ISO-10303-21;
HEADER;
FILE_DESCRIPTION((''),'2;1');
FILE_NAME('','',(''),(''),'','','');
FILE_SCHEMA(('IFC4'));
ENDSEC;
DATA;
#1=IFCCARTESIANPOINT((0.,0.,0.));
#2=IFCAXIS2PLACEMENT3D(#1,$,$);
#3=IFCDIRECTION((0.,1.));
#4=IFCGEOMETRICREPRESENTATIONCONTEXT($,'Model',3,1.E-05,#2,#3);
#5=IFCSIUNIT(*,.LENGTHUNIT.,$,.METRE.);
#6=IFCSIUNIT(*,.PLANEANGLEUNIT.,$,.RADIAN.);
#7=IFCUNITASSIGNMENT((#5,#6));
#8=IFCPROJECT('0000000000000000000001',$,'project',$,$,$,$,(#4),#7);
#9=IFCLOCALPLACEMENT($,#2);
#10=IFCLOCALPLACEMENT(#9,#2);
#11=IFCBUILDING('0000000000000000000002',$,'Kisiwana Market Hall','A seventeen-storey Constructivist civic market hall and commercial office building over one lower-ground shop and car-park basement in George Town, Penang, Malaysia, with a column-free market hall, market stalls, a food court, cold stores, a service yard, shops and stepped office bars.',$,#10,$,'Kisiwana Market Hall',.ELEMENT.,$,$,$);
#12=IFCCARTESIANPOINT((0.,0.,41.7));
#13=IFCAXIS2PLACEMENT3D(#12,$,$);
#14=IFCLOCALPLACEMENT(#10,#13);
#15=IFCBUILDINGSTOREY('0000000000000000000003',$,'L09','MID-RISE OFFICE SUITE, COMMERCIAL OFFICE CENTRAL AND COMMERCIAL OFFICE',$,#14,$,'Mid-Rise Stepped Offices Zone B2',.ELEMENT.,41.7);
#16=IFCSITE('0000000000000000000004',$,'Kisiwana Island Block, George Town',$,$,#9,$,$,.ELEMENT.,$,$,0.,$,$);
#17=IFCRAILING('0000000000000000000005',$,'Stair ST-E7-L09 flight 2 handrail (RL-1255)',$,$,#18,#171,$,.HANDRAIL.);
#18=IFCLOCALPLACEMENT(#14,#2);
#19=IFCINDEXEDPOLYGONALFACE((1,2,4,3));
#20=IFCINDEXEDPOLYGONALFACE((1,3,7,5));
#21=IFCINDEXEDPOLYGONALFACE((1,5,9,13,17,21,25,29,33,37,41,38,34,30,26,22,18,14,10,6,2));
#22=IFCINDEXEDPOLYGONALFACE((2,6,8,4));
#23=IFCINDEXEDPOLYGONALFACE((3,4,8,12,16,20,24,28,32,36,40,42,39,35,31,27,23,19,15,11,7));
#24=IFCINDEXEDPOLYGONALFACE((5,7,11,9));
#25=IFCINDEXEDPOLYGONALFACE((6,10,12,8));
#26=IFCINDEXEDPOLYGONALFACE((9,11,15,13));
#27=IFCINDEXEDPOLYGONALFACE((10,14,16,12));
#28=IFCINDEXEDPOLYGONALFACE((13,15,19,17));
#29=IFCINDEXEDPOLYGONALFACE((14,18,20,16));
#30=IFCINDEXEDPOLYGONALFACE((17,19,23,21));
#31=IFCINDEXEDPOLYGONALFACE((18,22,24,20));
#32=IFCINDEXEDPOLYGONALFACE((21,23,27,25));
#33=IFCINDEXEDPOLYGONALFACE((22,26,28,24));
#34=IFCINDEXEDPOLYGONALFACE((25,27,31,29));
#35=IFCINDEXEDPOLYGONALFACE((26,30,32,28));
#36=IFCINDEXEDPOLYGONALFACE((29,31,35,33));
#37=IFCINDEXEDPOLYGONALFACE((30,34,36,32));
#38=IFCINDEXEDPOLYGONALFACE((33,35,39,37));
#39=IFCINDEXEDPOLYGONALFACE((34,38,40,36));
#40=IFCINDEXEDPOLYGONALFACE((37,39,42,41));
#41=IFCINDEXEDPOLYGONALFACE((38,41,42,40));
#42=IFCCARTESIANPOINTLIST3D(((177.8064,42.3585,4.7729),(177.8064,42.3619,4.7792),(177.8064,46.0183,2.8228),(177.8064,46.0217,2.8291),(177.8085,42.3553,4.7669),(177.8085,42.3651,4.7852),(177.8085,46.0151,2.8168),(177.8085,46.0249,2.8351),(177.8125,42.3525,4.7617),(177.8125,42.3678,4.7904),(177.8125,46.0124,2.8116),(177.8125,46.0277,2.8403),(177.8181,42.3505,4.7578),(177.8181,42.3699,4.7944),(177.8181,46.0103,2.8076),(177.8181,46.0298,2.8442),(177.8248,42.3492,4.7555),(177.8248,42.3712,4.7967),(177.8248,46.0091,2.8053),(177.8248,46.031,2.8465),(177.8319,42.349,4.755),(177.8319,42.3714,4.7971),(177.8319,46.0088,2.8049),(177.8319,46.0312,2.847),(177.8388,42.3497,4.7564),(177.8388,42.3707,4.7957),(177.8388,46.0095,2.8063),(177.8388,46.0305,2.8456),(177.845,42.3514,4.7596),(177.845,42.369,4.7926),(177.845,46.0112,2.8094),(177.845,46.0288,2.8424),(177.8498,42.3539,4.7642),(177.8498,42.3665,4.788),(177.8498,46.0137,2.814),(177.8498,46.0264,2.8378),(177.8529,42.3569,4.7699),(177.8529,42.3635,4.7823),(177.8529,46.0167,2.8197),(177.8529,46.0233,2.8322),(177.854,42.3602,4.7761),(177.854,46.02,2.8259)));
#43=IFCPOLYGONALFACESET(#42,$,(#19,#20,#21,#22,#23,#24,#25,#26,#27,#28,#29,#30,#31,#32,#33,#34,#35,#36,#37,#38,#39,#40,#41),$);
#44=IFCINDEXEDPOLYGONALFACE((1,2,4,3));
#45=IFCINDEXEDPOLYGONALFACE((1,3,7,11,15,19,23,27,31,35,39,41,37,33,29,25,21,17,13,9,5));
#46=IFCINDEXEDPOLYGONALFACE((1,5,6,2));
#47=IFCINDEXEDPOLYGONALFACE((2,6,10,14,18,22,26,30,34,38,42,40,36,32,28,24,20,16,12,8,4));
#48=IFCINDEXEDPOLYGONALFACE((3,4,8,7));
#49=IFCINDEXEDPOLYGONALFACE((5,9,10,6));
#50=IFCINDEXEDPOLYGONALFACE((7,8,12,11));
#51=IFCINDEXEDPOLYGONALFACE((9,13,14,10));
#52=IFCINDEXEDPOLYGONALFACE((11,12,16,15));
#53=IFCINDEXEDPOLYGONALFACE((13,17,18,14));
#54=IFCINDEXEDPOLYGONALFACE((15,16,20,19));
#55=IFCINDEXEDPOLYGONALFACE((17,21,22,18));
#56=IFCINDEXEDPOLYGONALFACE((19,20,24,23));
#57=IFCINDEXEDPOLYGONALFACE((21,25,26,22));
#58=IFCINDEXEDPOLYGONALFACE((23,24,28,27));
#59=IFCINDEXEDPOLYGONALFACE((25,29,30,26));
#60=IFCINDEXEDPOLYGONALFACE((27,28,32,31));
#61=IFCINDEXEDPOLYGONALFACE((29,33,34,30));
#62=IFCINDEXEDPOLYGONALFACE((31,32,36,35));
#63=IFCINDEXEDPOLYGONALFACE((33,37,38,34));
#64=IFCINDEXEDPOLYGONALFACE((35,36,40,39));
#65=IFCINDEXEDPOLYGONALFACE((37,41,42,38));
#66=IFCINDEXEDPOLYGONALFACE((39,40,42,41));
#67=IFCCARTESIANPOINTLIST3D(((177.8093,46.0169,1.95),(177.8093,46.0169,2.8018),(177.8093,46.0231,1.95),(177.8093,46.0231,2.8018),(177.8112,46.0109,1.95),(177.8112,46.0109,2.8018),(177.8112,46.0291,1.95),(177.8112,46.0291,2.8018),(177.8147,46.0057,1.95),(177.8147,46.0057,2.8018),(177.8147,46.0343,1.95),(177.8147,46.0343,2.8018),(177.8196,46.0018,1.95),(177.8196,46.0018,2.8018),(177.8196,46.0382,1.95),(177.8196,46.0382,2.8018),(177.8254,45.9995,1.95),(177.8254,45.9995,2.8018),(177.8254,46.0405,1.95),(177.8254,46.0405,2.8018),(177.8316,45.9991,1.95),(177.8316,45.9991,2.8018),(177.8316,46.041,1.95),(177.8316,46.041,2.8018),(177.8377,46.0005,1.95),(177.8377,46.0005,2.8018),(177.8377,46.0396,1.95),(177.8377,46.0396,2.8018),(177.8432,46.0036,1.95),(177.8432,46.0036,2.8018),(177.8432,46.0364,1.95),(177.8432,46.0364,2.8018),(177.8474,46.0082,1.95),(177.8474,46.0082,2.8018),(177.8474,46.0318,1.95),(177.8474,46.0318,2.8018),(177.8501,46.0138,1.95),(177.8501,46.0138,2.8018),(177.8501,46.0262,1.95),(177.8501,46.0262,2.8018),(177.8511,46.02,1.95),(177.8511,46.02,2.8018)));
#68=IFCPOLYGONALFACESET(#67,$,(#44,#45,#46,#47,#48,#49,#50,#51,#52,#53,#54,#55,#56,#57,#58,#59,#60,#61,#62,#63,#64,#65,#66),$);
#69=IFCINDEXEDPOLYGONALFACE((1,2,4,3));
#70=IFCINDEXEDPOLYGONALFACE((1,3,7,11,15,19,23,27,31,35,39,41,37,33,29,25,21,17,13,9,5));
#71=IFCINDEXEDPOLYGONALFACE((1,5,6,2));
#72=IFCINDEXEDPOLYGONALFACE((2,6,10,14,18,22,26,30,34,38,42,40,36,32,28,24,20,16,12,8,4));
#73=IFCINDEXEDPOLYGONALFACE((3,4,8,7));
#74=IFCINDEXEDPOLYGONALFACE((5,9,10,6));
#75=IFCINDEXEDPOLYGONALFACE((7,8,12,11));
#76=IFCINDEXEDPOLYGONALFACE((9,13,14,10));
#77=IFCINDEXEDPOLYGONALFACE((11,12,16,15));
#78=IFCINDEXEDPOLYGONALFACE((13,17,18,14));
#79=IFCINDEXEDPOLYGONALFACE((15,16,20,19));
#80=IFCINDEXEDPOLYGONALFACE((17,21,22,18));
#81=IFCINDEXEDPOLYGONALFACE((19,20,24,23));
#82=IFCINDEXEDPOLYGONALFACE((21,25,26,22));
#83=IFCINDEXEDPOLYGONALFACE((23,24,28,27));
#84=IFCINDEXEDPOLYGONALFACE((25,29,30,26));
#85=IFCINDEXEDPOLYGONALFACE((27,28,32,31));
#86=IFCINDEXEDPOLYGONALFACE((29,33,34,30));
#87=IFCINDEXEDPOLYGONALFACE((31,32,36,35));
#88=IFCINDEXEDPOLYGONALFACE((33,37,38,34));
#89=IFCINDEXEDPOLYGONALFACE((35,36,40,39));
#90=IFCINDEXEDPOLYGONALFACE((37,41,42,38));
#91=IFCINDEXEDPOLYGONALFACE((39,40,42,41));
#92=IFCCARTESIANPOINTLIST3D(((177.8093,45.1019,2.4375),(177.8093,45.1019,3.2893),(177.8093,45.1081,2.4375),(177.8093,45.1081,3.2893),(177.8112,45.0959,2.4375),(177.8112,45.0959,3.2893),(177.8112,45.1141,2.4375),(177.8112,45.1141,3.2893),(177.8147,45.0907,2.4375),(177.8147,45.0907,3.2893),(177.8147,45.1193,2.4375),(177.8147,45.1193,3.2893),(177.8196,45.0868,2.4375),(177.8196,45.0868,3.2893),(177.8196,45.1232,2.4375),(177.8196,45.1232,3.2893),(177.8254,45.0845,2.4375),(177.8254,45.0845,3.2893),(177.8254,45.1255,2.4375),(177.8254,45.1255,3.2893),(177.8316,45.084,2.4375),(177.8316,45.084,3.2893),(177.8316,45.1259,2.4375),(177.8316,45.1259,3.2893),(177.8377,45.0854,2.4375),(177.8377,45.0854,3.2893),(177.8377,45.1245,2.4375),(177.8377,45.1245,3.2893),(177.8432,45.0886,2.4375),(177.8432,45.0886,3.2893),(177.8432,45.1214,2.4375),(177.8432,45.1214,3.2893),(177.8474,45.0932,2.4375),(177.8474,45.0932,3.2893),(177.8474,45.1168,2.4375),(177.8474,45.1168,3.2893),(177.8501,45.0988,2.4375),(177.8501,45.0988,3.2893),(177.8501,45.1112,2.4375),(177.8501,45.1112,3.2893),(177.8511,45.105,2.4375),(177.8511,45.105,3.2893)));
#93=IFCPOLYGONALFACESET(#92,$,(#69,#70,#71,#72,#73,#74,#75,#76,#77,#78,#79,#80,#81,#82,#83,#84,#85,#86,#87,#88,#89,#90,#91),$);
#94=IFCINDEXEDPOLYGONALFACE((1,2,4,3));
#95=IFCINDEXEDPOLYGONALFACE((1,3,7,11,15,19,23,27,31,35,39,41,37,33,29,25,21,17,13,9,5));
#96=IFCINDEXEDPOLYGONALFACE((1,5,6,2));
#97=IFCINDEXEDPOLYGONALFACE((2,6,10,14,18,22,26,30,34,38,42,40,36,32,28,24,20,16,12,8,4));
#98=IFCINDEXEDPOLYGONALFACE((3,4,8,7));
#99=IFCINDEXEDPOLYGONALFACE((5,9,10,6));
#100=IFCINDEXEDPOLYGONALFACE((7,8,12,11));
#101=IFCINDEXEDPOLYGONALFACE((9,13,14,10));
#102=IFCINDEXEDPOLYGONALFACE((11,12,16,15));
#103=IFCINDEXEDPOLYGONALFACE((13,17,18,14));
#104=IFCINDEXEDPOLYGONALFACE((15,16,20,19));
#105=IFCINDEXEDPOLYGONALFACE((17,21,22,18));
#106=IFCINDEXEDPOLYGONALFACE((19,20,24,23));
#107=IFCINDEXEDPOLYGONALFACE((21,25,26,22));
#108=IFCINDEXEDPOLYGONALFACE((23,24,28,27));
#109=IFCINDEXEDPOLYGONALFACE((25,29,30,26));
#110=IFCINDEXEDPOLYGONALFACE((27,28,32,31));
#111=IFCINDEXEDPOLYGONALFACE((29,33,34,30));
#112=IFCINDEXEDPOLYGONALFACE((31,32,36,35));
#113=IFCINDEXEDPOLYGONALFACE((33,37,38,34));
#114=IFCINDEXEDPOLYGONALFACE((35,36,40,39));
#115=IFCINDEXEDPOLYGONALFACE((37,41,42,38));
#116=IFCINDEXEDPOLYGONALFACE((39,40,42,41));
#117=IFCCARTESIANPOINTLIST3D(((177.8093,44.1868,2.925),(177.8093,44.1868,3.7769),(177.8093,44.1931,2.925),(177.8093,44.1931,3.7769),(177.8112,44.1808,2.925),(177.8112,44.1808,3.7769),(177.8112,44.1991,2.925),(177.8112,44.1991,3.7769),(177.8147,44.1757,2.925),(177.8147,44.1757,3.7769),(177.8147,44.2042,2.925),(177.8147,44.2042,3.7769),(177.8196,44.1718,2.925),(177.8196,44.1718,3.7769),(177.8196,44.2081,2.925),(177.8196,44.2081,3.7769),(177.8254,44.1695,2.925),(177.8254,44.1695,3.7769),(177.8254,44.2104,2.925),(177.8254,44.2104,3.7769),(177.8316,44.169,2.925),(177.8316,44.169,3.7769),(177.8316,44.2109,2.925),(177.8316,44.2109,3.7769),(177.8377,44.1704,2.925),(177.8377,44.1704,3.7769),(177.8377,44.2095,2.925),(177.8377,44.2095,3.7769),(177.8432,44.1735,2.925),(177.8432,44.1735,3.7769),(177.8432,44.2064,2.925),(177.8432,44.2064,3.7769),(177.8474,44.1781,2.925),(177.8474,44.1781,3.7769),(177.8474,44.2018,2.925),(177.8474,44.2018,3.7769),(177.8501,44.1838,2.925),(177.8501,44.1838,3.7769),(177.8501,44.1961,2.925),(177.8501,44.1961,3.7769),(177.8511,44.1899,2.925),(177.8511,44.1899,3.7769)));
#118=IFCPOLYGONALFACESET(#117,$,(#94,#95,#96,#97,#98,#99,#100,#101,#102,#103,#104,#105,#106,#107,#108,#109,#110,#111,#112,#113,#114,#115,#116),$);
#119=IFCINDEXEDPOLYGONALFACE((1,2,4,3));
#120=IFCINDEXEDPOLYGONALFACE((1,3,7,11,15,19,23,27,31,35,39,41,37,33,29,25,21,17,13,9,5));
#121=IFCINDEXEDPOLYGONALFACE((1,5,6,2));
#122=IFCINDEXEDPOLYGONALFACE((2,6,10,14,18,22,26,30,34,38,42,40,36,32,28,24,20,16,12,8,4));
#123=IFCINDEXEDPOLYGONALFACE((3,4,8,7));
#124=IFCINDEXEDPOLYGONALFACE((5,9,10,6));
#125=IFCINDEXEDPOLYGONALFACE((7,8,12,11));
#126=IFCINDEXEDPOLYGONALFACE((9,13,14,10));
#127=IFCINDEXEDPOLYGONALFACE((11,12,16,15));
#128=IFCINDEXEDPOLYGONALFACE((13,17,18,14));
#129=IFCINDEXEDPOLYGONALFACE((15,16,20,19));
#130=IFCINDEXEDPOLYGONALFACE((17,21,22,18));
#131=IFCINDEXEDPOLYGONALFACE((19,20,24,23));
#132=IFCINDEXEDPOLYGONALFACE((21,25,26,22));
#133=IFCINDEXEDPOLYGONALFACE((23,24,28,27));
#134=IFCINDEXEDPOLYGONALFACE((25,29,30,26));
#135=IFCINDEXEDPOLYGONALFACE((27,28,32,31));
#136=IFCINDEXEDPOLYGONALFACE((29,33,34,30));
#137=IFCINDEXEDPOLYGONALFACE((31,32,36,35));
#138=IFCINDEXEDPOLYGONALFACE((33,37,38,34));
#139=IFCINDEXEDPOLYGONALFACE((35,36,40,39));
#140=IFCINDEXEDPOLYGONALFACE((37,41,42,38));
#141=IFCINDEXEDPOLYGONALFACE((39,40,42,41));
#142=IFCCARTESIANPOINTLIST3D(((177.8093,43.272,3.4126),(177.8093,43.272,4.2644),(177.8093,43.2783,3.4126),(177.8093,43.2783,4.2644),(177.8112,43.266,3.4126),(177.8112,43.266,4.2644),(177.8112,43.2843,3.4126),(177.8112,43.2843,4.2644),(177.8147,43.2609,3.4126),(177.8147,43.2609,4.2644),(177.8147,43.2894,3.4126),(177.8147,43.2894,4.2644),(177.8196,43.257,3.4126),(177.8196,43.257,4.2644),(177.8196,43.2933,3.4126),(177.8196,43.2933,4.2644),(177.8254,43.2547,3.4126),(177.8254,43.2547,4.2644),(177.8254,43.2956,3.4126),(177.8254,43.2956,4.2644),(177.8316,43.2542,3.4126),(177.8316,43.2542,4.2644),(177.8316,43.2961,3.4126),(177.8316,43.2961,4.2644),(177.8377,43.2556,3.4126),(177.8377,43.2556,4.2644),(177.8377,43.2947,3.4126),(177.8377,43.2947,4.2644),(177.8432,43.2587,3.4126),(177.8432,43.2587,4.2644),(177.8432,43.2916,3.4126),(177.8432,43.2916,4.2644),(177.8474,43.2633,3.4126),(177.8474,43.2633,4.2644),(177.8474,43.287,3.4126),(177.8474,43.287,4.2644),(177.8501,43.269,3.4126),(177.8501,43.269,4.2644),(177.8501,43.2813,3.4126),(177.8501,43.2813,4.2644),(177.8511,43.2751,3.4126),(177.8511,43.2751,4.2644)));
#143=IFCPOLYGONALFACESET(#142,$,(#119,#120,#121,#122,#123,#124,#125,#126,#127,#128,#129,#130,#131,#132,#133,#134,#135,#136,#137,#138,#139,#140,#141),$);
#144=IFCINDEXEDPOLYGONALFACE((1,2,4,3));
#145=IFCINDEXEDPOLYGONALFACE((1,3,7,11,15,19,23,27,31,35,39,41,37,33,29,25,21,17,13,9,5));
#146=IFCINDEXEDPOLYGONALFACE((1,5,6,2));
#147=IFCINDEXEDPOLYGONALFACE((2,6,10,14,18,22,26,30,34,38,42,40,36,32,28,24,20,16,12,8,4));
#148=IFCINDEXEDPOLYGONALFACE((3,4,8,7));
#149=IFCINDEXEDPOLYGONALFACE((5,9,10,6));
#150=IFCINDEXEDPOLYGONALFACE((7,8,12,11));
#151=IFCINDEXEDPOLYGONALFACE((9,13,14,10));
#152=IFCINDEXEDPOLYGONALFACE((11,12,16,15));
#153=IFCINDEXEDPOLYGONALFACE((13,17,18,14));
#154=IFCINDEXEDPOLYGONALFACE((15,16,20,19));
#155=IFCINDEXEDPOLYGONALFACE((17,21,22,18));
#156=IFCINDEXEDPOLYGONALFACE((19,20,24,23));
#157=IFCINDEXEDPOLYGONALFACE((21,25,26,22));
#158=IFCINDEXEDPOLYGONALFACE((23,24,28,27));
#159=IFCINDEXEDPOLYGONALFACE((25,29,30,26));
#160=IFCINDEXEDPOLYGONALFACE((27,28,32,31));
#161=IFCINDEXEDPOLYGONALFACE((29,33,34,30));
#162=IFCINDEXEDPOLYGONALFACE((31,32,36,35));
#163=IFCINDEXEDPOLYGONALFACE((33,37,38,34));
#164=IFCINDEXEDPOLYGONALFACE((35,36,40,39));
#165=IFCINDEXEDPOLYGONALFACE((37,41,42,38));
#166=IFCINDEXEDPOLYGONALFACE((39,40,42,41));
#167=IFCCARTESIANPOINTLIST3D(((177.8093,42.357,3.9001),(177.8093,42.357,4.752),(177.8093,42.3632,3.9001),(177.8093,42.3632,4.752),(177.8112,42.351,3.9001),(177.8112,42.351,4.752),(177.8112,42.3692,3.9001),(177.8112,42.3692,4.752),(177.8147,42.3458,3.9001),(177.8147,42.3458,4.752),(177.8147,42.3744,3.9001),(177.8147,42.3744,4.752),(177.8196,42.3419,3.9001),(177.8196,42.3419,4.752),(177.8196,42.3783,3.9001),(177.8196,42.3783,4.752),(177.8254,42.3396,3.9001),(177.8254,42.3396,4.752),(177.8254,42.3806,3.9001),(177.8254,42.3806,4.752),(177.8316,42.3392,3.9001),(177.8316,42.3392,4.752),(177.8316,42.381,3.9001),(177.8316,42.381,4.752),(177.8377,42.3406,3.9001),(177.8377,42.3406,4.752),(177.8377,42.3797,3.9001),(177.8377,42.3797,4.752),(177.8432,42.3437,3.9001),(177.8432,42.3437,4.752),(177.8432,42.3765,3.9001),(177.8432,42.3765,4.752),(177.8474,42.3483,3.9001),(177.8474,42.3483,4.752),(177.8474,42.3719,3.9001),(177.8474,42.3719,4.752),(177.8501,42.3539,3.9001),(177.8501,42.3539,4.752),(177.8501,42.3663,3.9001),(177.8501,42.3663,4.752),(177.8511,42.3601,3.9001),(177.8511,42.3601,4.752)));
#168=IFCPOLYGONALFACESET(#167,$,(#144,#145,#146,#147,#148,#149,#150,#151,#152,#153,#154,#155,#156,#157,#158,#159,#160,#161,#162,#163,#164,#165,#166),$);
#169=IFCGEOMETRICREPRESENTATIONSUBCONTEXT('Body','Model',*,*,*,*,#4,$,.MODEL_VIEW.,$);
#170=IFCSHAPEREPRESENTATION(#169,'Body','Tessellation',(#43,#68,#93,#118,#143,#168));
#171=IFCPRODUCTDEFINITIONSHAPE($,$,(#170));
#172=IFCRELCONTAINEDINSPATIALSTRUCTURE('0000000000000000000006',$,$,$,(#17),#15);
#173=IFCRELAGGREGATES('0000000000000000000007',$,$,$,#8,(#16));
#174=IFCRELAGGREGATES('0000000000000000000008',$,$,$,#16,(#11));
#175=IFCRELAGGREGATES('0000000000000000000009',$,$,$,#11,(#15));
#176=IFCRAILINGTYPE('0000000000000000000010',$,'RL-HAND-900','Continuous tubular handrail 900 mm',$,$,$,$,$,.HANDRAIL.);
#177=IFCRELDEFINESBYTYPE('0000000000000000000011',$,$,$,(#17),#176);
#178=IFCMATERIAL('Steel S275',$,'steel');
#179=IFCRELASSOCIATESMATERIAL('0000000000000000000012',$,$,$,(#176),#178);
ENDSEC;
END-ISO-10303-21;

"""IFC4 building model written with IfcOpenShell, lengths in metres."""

from ifc_helpers import new_model, si_unit, direction, frame, origin, origin_2d, place, context, subcontext, project, spatial, circle, extrude, material, type_object, element, save


model = new_model("IFC4")

# Units and contexts
model_context = context("Model", 3, precision=1e-05, world=origin(), true_north=direction((0.0, 1.0)))
body_context = subcontext(model_context, "Body", "Model", "MODEL_VIEW")
ifc_project = project(units=[si_unit("LENGTHUNIT", "METRE"), si_unit("PLANEANGLEUNIT", "RADIAN")], contexts=[model_context])

# Site, building, storey
site_placement = place(None, origin())
site = spatial("IfcSite", under=ifc_project, at=site_placement, Name="Kisiwana Island Block, George Town", CompositionType="ELEMENT", RefElevation=0.0)
building_placement = place(site_placement, origin())
building = spatial("IfcBuilding", under=site, at=building_placement, Name="Kisiwana Market Hall", Description="A seventeen-storey Constructivist civic market hall and commercial office building over one lower-ground shop and car-park basement in George Town, Penang, Malaysia, with a column-free market hall, market stalls, a food court, cold stores, a service yard, shops and stepped office bars.", LongName="Kisiwana Market Hall", CompositionType="ELEMENT")
storey_placement = place(building_placement, frame((0.0, 0.0, 41.7)))
storey = spatial("IfcBuildingStorey", under=building, at=storey_placement, Name="L09", Description="MID-RISE OFFICE SUITE, COMMERCIAL OFFICE CENTRAL AND COMMERCIAL OFFICE", LongName="Mid-Rise Stepped Offices Zone B2", CompositionType="ELEMENT", Elevation=41.7)

# Railing
ifc_material_1 = material(Name="Steel S275", Category="steel")
railing_type_1 = type_object("IfcRailingType", Name="RL-HAND-900", Description="Continuous tubular handrail 900 mm", PredefinedType="HANDRAIL", material=ifc_material_1)
railing_1_placement = place(storey_placement, frame((177.8301, 46.02, 1.95)))
element("IfcRailing", 1, at=railing_1_placement, inside=storey, type_object=railing_type_1, Name="Stair ST-E7-L09 flight 2 handrail (RL-1255)", PredefinedType="HANDRAIL", context=body_context, shape_type="SweptSolid", body=[
    extrude(circle(Radius=0.0239, at=origin_2d()), frame((0.0, 0.0, 0.876), z_axis=(0.0, -0.882529, 0.470258), x_axis=(1.0, 0.0, 0.0)), (0.0, 0.0, 1.0), 4.147),
    extrude(circle(Radius=0.021, at=origin_2d()), origin(), (0.0, 0.0, 1.0), 0.8518),
    extrude(circle(Radius=0.021, at=origin_2d()), frame((0.0, -0.915, 0.4875)), (0.0, 0.0, 1.0), 0.8518),
    extrude(circle(Radius=0.021, at=origin_2d()), frame((0.0, -1.8301, 0.9751)), (0.0, 0.0, 1.0), 0.8518),
    extrude(circle(Radius=0.021, at=origin_2d()), frame((0.0, -2.7449, 1.4626)), (0.0, 0.0, 1.0), 0.8518),
    extrude(circle(Radius=0.021, at=origin_2d()), frame((0.0, -3.6599, 1.9502)), (0.0, 0.0, 1.0), 0.8518),
])

save(model, "model.ifc")
